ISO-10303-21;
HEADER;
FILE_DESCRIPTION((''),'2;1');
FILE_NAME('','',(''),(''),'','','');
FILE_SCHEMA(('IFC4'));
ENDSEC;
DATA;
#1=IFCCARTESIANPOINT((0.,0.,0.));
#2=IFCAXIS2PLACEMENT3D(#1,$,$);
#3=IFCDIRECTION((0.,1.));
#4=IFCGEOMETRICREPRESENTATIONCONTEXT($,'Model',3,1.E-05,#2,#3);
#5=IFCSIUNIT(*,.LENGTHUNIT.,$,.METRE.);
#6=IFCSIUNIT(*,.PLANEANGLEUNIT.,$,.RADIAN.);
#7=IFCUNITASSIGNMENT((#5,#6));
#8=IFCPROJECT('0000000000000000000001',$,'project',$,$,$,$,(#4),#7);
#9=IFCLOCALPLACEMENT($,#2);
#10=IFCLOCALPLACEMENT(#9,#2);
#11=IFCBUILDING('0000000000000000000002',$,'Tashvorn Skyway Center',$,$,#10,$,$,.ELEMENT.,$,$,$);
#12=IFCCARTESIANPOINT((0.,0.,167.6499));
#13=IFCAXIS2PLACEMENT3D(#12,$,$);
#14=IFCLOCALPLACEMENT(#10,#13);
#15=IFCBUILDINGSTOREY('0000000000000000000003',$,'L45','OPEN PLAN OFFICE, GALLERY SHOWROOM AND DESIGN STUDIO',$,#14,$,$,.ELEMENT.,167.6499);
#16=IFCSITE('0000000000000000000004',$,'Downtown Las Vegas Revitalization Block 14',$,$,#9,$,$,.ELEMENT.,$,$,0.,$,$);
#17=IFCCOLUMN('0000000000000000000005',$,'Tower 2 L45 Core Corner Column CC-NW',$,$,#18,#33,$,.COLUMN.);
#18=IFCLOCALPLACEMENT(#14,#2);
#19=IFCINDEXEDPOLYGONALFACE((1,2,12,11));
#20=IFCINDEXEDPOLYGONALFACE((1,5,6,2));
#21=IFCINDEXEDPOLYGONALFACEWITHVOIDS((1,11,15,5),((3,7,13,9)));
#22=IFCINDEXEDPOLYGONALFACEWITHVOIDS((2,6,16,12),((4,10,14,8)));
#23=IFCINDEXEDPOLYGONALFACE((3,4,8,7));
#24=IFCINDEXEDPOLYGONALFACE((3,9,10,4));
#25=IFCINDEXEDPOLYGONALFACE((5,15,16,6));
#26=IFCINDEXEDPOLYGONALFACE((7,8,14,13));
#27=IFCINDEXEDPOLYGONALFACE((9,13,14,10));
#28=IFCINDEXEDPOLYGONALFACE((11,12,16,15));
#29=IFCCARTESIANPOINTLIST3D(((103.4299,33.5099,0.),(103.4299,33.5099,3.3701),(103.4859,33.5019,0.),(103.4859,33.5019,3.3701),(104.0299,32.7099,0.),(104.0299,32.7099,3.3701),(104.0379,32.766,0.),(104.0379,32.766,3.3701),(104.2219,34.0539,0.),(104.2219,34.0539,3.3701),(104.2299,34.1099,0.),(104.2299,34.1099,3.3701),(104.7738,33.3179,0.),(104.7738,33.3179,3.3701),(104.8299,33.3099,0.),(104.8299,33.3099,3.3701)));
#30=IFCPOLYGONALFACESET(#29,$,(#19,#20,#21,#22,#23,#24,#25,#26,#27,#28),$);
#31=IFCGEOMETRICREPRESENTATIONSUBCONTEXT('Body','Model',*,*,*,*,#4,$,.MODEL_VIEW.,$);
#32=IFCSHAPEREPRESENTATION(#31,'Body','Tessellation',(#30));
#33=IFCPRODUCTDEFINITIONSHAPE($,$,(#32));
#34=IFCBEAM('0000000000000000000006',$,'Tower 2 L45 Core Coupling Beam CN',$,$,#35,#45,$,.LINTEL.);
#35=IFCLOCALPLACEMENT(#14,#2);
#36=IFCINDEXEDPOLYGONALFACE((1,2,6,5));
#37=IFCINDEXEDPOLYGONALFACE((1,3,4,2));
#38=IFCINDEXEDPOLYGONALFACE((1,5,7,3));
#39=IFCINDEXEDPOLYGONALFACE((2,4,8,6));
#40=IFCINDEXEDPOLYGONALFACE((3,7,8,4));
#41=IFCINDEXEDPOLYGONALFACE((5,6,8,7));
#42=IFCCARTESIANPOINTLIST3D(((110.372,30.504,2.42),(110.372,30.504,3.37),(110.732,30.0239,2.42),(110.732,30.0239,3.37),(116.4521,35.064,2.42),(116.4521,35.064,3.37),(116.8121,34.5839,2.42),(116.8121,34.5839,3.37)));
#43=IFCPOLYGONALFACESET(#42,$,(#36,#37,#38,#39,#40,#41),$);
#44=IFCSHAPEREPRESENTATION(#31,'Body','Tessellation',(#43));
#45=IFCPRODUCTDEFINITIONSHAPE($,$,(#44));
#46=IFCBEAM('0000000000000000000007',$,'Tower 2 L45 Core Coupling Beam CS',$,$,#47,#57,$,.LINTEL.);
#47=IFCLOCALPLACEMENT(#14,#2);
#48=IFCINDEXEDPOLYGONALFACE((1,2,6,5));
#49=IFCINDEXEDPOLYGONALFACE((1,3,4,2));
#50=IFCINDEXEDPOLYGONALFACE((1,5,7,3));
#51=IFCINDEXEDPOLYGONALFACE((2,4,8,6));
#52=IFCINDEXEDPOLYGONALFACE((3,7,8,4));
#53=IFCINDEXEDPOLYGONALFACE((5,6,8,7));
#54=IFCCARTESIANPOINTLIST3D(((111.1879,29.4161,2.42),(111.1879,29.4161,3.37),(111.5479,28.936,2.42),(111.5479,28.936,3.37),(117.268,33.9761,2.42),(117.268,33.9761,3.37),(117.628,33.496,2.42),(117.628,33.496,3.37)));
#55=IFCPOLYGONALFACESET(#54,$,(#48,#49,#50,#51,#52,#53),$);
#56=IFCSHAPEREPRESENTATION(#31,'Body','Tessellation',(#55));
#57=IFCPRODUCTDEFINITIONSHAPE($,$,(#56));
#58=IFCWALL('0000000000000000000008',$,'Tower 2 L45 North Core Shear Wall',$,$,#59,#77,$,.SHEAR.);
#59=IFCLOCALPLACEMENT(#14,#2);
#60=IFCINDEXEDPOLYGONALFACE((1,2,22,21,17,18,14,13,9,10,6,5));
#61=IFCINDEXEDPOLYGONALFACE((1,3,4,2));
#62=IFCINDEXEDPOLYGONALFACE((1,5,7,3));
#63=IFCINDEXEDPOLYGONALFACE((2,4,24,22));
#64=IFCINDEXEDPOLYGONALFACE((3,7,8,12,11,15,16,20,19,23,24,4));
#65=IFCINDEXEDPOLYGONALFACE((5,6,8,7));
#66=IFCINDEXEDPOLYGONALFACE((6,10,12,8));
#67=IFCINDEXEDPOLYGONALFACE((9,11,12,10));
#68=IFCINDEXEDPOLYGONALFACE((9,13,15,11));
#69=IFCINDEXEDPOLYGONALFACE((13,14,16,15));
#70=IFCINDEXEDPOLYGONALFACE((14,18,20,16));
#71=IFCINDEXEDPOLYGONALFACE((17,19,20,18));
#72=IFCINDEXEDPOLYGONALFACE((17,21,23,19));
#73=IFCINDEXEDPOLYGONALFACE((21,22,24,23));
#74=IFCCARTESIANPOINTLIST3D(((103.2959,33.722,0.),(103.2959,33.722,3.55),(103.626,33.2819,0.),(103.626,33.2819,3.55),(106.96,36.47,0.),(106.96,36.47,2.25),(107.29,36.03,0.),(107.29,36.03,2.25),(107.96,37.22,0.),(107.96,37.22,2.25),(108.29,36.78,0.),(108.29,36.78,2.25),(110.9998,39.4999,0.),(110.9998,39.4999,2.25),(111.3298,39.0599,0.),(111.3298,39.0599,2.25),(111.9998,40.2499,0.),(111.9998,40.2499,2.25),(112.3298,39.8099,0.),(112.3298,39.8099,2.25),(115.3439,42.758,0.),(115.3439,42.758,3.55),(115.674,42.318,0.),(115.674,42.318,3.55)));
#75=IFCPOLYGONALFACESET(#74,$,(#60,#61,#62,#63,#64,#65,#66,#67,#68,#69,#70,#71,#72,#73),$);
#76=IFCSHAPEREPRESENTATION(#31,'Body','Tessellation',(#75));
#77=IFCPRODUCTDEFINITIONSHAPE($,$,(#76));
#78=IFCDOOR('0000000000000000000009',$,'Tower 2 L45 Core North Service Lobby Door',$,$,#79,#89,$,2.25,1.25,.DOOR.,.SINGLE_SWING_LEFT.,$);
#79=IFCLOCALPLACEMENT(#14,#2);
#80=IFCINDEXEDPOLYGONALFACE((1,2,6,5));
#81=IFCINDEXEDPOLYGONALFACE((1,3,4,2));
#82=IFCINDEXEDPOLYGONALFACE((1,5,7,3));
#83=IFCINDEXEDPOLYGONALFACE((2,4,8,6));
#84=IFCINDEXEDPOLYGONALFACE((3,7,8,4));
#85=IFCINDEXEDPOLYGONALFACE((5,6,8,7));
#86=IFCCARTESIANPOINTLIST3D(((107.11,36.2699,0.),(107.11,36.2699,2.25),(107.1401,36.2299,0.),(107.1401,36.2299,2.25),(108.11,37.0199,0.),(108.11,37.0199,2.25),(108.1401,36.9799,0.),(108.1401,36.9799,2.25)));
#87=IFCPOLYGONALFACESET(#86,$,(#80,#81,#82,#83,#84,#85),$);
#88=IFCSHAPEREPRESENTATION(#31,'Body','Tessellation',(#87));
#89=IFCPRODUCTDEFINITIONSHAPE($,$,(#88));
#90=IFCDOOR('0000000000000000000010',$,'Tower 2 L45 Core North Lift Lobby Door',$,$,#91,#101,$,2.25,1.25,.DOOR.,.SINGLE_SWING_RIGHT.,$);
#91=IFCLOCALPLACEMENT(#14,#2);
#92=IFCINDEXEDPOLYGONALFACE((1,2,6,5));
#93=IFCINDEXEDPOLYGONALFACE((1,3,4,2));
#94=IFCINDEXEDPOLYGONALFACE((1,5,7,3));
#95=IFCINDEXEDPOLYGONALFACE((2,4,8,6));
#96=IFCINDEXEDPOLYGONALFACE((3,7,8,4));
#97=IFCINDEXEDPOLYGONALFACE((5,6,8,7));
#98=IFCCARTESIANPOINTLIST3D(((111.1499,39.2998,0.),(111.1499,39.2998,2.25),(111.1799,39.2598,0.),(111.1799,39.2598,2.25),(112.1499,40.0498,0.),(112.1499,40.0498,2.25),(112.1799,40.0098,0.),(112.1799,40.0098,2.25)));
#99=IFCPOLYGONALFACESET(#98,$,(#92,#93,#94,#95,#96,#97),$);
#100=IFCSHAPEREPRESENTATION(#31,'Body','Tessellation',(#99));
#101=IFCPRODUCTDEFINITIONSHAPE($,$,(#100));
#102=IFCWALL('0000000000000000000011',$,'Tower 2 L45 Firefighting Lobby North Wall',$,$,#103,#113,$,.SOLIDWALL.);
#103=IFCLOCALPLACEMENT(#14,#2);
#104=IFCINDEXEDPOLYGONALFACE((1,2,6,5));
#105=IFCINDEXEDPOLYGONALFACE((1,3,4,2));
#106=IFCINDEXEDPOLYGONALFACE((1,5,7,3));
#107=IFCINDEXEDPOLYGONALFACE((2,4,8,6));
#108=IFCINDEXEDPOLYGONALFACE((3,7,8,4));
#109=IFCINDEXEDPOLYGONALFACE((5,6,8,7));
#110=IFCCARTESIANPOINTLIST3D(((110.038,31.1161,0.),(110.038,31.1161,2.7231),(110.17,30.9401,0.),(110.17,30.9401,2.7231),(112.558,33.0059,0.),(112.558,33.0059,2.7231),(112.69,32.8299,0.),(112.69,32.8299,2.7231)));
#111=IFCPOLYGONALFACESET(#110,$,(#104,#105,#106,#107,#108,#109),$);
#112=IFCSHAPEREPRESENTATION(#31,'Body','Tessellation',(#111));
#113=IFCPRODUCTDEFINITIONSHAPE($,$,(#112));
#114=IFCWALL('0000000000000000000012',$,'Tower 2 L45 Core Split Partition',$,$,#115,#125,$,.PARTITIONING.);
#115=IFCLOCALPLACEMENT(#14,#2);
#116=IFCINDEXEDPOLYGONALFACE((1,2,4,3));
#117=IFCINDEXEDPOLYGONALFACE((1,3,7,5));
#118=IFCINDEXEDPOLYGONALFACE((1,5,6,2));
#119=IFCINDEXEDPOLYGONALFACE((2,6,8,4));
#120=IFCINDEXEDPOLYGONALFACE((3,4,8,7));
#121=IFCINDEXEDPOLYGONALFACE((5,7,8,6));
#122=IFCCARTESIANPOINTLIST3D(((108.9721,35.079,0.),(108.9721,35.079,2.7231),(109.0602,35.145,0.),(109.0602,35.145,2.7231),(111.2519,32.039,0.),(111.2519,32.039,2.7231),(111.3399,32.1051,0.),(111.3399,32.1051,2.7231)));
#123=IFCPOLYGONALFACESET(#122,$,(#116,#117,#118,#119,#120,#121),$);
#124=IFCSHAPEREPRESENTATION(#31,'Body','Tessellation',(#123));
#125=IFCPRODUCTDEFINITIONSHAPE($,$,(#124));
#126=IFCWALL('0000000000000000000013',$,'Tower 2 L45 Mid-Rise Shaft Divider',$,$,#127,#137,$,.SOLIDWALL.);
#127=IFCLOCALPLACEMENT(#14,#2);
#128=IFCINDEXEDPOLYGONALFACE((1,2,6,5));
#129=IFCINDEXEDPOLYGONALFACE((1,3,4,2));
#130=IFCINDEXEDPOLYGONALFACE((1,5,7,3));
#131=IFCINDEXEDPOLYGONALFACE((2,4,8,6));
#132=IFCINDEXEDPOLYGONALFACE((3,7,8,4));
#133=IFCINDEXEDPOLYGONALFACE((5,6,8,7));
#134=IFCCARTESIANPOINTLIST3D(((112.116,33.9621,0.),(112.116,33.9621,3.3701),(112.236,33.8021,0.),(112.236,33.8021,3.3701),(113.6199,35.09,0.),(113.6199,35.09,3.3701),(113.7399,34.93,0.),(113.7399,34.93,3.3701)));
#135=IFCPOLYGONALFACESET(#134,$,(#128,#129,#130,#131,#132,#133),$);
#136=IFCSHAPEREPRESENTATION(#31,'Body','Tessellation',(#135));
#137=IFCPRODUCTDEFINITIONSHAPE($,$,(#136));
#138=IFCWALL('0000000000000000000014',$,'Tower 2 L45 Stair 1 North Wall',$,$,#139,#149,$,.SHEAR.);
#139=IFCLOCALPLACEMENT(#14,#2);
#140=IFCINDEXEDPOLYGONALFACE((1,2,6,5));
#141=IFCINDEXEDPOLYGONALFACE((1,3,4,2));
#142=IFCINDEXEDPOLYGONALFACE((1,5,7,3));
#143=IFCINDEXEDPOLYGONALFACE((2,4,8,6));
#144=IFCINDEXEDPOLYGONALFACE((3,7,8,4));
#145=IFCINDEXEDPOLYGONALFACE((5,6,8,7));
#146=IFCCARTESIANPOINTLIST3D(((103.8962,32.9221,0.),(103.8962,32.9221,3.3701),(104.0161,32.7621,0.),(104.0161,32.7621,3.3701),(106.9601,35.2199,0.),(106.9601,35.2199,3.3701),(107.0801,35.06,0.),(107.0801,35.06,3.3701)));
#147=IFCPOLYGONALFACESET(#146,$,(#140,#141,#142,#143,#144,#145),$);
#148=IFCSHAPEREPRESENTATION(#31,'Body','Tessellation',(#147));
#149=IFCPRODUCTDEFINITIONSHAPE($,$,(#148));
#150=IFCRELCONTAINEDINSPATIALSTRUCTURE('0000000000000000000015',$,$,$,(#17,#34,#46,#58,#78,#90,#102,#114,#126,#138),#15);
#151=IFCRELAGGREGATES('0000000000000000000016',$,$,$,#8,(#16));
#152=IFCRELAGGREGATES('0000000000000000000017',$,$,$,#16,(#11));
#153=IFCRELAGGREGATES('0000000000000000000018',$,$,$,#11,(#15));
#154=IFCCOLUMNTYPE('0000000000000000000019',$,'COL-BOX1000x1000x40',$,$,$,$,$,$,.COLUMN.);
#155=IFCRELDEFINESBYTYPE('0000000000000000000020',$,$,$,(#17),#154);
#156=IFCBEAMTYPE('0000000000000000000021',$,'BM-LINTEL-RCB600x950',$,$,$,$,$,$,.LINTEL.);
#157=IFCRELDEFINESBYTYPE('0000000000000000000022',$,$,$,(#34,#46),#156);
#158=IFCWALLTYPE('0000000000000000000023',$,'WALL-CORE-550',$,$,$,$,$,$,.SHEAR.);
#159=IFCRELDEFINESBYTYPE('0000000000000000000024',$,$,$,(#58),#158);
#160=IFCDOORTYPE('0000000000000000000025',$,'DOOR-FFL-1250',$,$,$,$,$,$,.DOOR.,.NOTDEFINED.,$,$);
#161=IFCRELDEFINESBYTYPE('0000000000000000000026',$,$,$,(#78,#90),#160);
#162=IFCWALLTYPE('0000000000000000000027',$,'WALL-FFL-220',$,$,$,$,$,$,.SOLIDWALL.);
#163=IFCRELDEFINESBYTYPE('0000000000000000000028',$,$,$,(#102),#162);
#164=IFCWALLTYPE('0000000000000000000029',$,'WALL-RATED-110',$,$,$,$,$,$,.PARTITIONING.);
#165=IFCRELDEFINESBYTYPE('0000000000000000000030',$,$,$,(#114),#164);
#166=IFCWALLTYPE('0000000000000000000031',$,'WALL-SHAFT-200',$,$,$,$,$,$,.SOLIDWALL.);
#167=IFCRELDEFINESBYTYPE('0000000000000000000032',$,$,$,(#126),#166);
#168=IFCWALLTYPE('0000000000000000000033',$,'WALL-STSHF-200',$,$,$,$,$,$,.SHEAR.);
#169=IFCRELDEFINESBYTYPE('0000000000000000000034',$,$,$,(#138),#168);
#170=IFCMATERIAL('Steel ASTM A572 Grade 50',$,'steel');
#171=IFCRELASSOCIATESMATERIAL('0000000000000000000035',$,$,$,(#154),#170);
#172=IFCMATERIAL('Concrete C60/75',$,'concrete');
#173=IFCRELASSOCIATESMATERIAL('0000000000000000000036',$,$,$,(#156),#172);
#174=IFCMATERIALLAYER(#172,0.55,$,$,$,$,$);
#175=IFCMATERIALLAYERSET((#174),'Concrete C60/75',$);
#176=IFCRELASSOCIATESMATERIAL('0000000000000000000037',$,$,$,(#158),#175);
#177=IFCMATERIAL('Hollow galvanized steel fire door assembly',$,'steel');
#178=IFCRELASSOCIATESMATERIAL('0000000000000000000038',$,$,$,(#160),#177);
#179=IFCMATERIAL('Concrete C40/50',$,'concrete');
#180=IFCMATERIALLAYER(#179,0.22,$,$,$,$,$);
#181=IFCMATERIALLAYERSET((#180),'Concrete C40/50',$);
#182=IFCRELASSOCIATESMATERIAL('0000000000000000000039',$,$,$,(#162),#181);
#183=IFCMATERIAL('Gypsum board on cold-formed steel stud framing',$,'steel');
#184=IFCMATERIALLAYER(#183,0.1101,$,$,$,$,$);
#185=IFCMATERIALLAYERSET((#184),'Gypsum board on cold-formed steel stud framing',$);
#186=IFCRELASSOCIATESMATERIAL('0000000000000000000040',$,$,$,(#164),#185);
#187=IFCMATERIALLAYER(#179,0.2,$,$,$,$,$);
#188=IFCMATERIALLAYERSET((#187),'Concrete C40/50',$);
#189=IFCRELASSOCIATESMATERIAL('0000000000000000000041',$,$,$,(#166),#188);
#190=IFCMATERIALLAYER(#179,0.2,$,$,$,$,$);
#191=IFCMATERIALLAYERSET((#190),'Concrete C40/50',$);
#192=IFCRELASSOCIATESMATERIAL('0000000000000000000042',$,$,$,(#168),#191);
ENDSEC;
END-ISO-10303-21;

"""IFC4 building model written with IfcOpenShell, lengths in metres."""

from ifc_helpers import new_model, si_unit, direction, frame, frame_2d, origin, origin_2d, place, context, subcontext, project, spatial, rectangle, hollow_rectangle, extrude, material, layer, layer_set, material_profile, profile_set, type_object, element, fill, save


model = new_model("IFC4")

# Units and contexts
model_context = context("Model", 3, precision=1e-05, world=origin(), true_north=direction((0.0, 1.0)))
body_context = subcontext(model_context, "Body", "Model", "MODEL_VIEW")
ifc_project = project(units=[si_unit("LENGTHUNIT", "METRE"), si_unit("PLANEANGLEUNIT", "RADIAN")], contexts=[model_context])

# Site, building, storey
site_placement = place(None, origin())
site = spatial("IfcSite", under=ifc_project, at=site_placement, Name="Downtown Las Vegas Revitalization Block 14", CompositionType="ELEMENT", RefElevation=0.0)
building_placement = place(site_placement, origin())
building = spatial("IfcBuilding", under=site, at=building_placement, Name="Tashvorn Skyway Center", CompositionType="ELEMENT")
storey_placement = place(building_placement, frame((0.0, 0.0, 167.6499)))
storey = spatial("IfcBuildingStorey", under=building, at=storey_placement, Name="L45", Description="OPEN PLAN OFFICE, GALLERY SHOWROOM AND DESIGN STUDIO", CompositionType="ELEMENT", Elevation=167.6499)

# Column
ifc_material_1 = material(Name="Steel ASTM A572 Grade 50", Category="steel")
ifc_material_profile_1 = material_profile(ifc_material_1, hollow_rectangle(XDim=1.0, YDim=1.0, WallThickness=0.04, at=origin_2d()), Name="BOX1000x1000x40")
ifc_profile_set_1 = profile_set([ifc_material_profile_1], Name="Steel ASTM A572 Grade 50")
column_type = type_object("IfcColumnType", Name="COL-BOX1000x1000x40", PredefinedType="COLUMN", material=ifc_profile_set_1)
column_placement = place(storey_placement, frame((104.1299, 33.4099, 0.0), z_axis=(0.0, 0.0, 1.0), x_axis=(0.8, 0.6, 0.0)))
element("IfcColumn", 1, at=column_placement, inside=storey, type_object=column_type, Name="Tower 2 L45 Core Corner Column CC-NW", PredefinedType="COLUMN", context=body_context, shape_type="SweptSolid", body=[
    extrude(hollow_rectangle(XDim=1.0, YDim=1.0, WallThickness=0.04, at=origin_2d()), origin(), (0.0, 0.0, 1.0), 3.3701),
])

# Beams
ifc_material_2 = material(Name="Concrete C60/75", Category="concrete")
ifc_material_profile_2 = material_profile(ifc_material_2, rectangle(XDim=0.6001, YDim=0.95, at=origin_2d()), Name="RCB600x950")
ifc_profile_set_2 = profile_set([ifc_material_profile_2], Name="Concrete C60/75")
beam_type = type_object("IfcBeamType", Name="BM-LINTEL-RCB600x950", PredefinedType="LINTEL", material=ifc_profile_set_2)
for number, where, z_axis, x_axis, name in (
    (2, (110.552, 30.2639, 2.895), (0.8, 0.6, 0.0), (-0.6, 0.8, 0.0), "Tower 2 L45 Core Coupling Beam CN"),
    (3, (111.3679, 29.176, 2.895), (0.8, 0.6, 0.0), (-0.6, 0.8, 0.0), "Tower 2 L45 Core Coupling Beam CS"),
):
    element("IfcBeam", number, at=place(storey_placement, frame(where, z_axis=z_axis, x_axis=x_axis)), inside=storey, type_object=beam_type, Name=name, PredefinedType="LINTEL", context=body_context, shape_type="SweptSolid", body=[
        extrude(rectangle(XDim=0.6001, YDim=0.95, at=origin_2d()), origin(), (0.0, 0.0, 1.0), 7.6001),
    ])

# Wall, openings, doors
ifc_layer_1 = layer(ifc_material_2, 0.55)
ifc_layer_set_1 = layer_set([ifc_layer_1], Name="Concrete C60/75")
wall_type_1 = type_object("IfcWallType", Name="WALL-CORE-550", PredefinedType="SHEAR", material=ifc_layer_set_1)
wall_1_placement = place(storey_placement, frame((103.4609, 33.502, 0.0), z_axis=(0.0, 0.0, 1.0), x_axis=(0.799998, 0.600003, 0.0)))
wall_1 = element("IfcWall", 4, at=wall_1_placement, inside=storey, type_object=wall_type_1, Name="Tower 2 L45 North Core Shear Wall", PredefinedType="SHEAR", context=body_context, shape_type="SweptSolid", body=[
    extrude(rectangle(XDim=15.0601, YDim=0.55, at=frame_2d((7.53, 0.0))), origin(), (0.0, 0.0, 1.0), 3.55),
])
opening_1_placement = place(wall_1_placement, frame((4.5801, 0.0, 0.0)))
opening_1 = element("IfcOpeningElement", 5, at=opening_1_placement, cuts=wall_1, PredefinedType="OPENING", context=body_context, shape_type="SweptSolid", body=[
    extrude(rectangle(XDim=1.25, YDim=2.25, at=frame_2d((0.625, 1.125))), frame((0.0, 0.2849, 0.0), z_axis=(0.0, -1.0, 0.0), x_axis=(1.0, 0.0, 0.0)), (0.0, 0.0, 1.0), 0.5701),
])
opening_2_placement = place(wall_1_placement, frame((9.6299, 0.0, 0.0)))
opening_2 = element("IfcOpeningElement", 6, at=opening_2_placement, cuts=wall_1, PredefinedType="OPENING", context=body_context, shape_type="SweptSolid", body=[
    extrude(rectangle(XDim=1.25, YDim=2.25, at=frame_2d((0.625, 1.125))), frame((0.0, 0.2849, 0.0), z_axis=(0.0, -1.0, 0.0), x_axis=(1.0, 0.0, 0.0)), (0.0, 0.0, 1.0), 0.5701),
])
ifc_material_3 = material(Name="Hollow galvanized steel fire door assembly", Category="steel")
door_type = type_object("IfcDoorType", Name="DOOR-FFL-1250", OperationType="NOTDEFINED", PredefinedType="DOOR", material=ifc_material_3)
door_1_placement = place(opening_1_placement, origin())
door_1 = element("IfcDoor", 7, at=door_1_placement, inside=storey, type_object=door_type, Name="Tower 2 L45 Core North Service Lobby Door", OperationType="SINGLE_SWING_LEFT", OverallHeight=2.25, OverallWidth=1.25, PredefinedType="DOOR", context=body_context, shape_type="SweptSolid", body=[
    extrude(rectangle(XDim=1.25, YDim=2.25, at=frame_2d((0.625, 1.125))), frame((0.0, 0.0249, 0.0), z_axis=(0.0, -1.0, 0.0), x_axis=(1.0, 0.0, 0.0)), (0.0, 0.0, 1.0), 0.05),
])
fill(opening_1, door_1)
door_2_placement = place(opening_2_placement, origin())
door_2 = element("IfcDoor", 8, at=door_2_placement, inside=storey, type_object=door_type, Name="Tower 2 L45 Core North Lift Lobby Door", OperationType="SINGLE_SWING_RIGHT", OverallHeight=2.25, OverallWidth=1.25, PredefinedType="DOOR", context=body_context, shape_type="SweptSolid", body=[
    extrude(rectangle(XDim=1.25, YDim=2.25, at=frame_2d((0.625, 1.125))), frame((0.0, 0.0249, 0.0), z_axis=(0.0, -1.0, 0.0), x_axis=(1.0, 0.0, 0.0)), (0.0, 0.0, 1.0), 0.05),
])
fill(opening_2, door_2)

# Walls
ifc_material_4 = material(Name="Concrete C40/50", Category="concrete")
ifc_layer_2 = layer(ifc_material_4, 0.22)
ifc_layer_set_2 = layer_set([ifc_layer_2], Name="Concrete C40/50")
wall_type_2 = type_object("IfcWallType", Name="WALL-FFL-220", PredefinedType="SOLIDWALL", material=ifc_layer_set_2)
wall_2_placement = place(storey_placement, frame((110.104, 31.0281, 0.0), z_axis=(0.0, 0.0, 1.0), x_axis=(0.800019, 0.599975, 0.0)))
element("IfcWall", 9, at=wall_2_placement, inside=storey, type_object=wall_type_2, Name="Tower 2 L45 Firefighting Lobby North Wall", PredefinedType="SOLIDWALL", context=body_context, shape_type="SweptSolid", body=[
    extrude(rectangle(XDim=3.1499, YDim=0.22, at=frame_2d((1.575, 0.0))), origin(), (0.0, 0.0, 1.0), 2.7231),
])
ifc_material_5 = material(Name="Gypsum board on cold-formed steel stud framing", Category="steel")
ifc_layer_3 = layer(ifc_material_5, 0.1101)
ifc_layer_set_3 = layer_set([ifc_layer_3], Name="Gypsum board on cold-formed steel stud framing")
wall_type_3 = type_object("IfcWallType", Name="WALL-RATED-110", PredefinedType="PARTITIONING", material=ifc_layer_set_3)
wall_3_placement = place(storey_placement, frame((111.2959, 32.072, 0.0), z_axis=(0.0, 0.0, 1.0), x_axis=(-0.599959, 0.800031, 0.0)))
element("IfcWall", 10, at=wall_3_placement, inside=storey, type_object=wall_type_3, Name="Tower 2 L45 Core Split Partition", PredefinedType="PARTITIONING", context=body_context, shape_type="SweptSolid", body=[
    extrude(rectangle(XDim=3.7998, YDim=0.1101, at=frame_2d((1.8999, 0.0))), origin(), (0.0, 0.0, 1.0), 2.7231),
])
ifc_layer_4 = layer(ifc_material_4, 0.2)
ifc_layer_set_4 = layer_set([ifc_layer_4], Name="Concrete C40/50")
wall_type_4 = type_object("IfcWallType", Name="WALL-SHAFT-200", PredefinedType="SOLIDWALL", material=ifc_layer_set_4)
wall_4_placement = place(storey_placement, frame((112.176, 33.8821, 0.0), z_axis=(0.0, 0.0, 1.0), x_axis=(0.8, 0.6, 0.0)))
element("IfcWall", 11, at=wall_4_placement, inside=storey, type_object=wall_type_4, Name="Tower 2 L45 Mid-Rise Shaft Divider", PredefinedType="SOLIDWALL", context=body_context, shape_type="SweptSolid", body=[
    extrude(rectangle(XDim=1.8799, YDim=0.2, at=frame_2d((0.9399, 0.0))), origin(), (0.0, 0.0, 1.0), 3.3701),
])
ifc_layer_5 = layer(ifc_material_4, 0.2)
ifc_layer_set_5 = layer_set([ifc_layer_5], Name="Concrete C40/50")
wall_type_5 = type_object("IfcWallType", Name="WALL-STSHF-200", PredefinedType="SHEAR", material=ifc_layer_set_5)
wall_5_placement = place(storey_placement, frame((103.9561, 32.842, 0.0), z_axis=(0.0, 0.0, 1.0), x_axis=(0.800015, 0.59998, 0.0)))
element("IfcWall", 12, at=wall_5_placement, inside=storey, type_object=wall_type_5, Name="Tower 2 L45 Stair 1 North Wall", PredefinedType="SHEAR", context=body_context, shape_type="SweptSolid", body=[
    extrude(rectangle(XDim=3.8298, YDim=0.2, at=frame_2d((1.915, 0.0))), origin(), (0.0, 0.0, 1.0), 3.3701),
])

save(model, "model.ifc")
